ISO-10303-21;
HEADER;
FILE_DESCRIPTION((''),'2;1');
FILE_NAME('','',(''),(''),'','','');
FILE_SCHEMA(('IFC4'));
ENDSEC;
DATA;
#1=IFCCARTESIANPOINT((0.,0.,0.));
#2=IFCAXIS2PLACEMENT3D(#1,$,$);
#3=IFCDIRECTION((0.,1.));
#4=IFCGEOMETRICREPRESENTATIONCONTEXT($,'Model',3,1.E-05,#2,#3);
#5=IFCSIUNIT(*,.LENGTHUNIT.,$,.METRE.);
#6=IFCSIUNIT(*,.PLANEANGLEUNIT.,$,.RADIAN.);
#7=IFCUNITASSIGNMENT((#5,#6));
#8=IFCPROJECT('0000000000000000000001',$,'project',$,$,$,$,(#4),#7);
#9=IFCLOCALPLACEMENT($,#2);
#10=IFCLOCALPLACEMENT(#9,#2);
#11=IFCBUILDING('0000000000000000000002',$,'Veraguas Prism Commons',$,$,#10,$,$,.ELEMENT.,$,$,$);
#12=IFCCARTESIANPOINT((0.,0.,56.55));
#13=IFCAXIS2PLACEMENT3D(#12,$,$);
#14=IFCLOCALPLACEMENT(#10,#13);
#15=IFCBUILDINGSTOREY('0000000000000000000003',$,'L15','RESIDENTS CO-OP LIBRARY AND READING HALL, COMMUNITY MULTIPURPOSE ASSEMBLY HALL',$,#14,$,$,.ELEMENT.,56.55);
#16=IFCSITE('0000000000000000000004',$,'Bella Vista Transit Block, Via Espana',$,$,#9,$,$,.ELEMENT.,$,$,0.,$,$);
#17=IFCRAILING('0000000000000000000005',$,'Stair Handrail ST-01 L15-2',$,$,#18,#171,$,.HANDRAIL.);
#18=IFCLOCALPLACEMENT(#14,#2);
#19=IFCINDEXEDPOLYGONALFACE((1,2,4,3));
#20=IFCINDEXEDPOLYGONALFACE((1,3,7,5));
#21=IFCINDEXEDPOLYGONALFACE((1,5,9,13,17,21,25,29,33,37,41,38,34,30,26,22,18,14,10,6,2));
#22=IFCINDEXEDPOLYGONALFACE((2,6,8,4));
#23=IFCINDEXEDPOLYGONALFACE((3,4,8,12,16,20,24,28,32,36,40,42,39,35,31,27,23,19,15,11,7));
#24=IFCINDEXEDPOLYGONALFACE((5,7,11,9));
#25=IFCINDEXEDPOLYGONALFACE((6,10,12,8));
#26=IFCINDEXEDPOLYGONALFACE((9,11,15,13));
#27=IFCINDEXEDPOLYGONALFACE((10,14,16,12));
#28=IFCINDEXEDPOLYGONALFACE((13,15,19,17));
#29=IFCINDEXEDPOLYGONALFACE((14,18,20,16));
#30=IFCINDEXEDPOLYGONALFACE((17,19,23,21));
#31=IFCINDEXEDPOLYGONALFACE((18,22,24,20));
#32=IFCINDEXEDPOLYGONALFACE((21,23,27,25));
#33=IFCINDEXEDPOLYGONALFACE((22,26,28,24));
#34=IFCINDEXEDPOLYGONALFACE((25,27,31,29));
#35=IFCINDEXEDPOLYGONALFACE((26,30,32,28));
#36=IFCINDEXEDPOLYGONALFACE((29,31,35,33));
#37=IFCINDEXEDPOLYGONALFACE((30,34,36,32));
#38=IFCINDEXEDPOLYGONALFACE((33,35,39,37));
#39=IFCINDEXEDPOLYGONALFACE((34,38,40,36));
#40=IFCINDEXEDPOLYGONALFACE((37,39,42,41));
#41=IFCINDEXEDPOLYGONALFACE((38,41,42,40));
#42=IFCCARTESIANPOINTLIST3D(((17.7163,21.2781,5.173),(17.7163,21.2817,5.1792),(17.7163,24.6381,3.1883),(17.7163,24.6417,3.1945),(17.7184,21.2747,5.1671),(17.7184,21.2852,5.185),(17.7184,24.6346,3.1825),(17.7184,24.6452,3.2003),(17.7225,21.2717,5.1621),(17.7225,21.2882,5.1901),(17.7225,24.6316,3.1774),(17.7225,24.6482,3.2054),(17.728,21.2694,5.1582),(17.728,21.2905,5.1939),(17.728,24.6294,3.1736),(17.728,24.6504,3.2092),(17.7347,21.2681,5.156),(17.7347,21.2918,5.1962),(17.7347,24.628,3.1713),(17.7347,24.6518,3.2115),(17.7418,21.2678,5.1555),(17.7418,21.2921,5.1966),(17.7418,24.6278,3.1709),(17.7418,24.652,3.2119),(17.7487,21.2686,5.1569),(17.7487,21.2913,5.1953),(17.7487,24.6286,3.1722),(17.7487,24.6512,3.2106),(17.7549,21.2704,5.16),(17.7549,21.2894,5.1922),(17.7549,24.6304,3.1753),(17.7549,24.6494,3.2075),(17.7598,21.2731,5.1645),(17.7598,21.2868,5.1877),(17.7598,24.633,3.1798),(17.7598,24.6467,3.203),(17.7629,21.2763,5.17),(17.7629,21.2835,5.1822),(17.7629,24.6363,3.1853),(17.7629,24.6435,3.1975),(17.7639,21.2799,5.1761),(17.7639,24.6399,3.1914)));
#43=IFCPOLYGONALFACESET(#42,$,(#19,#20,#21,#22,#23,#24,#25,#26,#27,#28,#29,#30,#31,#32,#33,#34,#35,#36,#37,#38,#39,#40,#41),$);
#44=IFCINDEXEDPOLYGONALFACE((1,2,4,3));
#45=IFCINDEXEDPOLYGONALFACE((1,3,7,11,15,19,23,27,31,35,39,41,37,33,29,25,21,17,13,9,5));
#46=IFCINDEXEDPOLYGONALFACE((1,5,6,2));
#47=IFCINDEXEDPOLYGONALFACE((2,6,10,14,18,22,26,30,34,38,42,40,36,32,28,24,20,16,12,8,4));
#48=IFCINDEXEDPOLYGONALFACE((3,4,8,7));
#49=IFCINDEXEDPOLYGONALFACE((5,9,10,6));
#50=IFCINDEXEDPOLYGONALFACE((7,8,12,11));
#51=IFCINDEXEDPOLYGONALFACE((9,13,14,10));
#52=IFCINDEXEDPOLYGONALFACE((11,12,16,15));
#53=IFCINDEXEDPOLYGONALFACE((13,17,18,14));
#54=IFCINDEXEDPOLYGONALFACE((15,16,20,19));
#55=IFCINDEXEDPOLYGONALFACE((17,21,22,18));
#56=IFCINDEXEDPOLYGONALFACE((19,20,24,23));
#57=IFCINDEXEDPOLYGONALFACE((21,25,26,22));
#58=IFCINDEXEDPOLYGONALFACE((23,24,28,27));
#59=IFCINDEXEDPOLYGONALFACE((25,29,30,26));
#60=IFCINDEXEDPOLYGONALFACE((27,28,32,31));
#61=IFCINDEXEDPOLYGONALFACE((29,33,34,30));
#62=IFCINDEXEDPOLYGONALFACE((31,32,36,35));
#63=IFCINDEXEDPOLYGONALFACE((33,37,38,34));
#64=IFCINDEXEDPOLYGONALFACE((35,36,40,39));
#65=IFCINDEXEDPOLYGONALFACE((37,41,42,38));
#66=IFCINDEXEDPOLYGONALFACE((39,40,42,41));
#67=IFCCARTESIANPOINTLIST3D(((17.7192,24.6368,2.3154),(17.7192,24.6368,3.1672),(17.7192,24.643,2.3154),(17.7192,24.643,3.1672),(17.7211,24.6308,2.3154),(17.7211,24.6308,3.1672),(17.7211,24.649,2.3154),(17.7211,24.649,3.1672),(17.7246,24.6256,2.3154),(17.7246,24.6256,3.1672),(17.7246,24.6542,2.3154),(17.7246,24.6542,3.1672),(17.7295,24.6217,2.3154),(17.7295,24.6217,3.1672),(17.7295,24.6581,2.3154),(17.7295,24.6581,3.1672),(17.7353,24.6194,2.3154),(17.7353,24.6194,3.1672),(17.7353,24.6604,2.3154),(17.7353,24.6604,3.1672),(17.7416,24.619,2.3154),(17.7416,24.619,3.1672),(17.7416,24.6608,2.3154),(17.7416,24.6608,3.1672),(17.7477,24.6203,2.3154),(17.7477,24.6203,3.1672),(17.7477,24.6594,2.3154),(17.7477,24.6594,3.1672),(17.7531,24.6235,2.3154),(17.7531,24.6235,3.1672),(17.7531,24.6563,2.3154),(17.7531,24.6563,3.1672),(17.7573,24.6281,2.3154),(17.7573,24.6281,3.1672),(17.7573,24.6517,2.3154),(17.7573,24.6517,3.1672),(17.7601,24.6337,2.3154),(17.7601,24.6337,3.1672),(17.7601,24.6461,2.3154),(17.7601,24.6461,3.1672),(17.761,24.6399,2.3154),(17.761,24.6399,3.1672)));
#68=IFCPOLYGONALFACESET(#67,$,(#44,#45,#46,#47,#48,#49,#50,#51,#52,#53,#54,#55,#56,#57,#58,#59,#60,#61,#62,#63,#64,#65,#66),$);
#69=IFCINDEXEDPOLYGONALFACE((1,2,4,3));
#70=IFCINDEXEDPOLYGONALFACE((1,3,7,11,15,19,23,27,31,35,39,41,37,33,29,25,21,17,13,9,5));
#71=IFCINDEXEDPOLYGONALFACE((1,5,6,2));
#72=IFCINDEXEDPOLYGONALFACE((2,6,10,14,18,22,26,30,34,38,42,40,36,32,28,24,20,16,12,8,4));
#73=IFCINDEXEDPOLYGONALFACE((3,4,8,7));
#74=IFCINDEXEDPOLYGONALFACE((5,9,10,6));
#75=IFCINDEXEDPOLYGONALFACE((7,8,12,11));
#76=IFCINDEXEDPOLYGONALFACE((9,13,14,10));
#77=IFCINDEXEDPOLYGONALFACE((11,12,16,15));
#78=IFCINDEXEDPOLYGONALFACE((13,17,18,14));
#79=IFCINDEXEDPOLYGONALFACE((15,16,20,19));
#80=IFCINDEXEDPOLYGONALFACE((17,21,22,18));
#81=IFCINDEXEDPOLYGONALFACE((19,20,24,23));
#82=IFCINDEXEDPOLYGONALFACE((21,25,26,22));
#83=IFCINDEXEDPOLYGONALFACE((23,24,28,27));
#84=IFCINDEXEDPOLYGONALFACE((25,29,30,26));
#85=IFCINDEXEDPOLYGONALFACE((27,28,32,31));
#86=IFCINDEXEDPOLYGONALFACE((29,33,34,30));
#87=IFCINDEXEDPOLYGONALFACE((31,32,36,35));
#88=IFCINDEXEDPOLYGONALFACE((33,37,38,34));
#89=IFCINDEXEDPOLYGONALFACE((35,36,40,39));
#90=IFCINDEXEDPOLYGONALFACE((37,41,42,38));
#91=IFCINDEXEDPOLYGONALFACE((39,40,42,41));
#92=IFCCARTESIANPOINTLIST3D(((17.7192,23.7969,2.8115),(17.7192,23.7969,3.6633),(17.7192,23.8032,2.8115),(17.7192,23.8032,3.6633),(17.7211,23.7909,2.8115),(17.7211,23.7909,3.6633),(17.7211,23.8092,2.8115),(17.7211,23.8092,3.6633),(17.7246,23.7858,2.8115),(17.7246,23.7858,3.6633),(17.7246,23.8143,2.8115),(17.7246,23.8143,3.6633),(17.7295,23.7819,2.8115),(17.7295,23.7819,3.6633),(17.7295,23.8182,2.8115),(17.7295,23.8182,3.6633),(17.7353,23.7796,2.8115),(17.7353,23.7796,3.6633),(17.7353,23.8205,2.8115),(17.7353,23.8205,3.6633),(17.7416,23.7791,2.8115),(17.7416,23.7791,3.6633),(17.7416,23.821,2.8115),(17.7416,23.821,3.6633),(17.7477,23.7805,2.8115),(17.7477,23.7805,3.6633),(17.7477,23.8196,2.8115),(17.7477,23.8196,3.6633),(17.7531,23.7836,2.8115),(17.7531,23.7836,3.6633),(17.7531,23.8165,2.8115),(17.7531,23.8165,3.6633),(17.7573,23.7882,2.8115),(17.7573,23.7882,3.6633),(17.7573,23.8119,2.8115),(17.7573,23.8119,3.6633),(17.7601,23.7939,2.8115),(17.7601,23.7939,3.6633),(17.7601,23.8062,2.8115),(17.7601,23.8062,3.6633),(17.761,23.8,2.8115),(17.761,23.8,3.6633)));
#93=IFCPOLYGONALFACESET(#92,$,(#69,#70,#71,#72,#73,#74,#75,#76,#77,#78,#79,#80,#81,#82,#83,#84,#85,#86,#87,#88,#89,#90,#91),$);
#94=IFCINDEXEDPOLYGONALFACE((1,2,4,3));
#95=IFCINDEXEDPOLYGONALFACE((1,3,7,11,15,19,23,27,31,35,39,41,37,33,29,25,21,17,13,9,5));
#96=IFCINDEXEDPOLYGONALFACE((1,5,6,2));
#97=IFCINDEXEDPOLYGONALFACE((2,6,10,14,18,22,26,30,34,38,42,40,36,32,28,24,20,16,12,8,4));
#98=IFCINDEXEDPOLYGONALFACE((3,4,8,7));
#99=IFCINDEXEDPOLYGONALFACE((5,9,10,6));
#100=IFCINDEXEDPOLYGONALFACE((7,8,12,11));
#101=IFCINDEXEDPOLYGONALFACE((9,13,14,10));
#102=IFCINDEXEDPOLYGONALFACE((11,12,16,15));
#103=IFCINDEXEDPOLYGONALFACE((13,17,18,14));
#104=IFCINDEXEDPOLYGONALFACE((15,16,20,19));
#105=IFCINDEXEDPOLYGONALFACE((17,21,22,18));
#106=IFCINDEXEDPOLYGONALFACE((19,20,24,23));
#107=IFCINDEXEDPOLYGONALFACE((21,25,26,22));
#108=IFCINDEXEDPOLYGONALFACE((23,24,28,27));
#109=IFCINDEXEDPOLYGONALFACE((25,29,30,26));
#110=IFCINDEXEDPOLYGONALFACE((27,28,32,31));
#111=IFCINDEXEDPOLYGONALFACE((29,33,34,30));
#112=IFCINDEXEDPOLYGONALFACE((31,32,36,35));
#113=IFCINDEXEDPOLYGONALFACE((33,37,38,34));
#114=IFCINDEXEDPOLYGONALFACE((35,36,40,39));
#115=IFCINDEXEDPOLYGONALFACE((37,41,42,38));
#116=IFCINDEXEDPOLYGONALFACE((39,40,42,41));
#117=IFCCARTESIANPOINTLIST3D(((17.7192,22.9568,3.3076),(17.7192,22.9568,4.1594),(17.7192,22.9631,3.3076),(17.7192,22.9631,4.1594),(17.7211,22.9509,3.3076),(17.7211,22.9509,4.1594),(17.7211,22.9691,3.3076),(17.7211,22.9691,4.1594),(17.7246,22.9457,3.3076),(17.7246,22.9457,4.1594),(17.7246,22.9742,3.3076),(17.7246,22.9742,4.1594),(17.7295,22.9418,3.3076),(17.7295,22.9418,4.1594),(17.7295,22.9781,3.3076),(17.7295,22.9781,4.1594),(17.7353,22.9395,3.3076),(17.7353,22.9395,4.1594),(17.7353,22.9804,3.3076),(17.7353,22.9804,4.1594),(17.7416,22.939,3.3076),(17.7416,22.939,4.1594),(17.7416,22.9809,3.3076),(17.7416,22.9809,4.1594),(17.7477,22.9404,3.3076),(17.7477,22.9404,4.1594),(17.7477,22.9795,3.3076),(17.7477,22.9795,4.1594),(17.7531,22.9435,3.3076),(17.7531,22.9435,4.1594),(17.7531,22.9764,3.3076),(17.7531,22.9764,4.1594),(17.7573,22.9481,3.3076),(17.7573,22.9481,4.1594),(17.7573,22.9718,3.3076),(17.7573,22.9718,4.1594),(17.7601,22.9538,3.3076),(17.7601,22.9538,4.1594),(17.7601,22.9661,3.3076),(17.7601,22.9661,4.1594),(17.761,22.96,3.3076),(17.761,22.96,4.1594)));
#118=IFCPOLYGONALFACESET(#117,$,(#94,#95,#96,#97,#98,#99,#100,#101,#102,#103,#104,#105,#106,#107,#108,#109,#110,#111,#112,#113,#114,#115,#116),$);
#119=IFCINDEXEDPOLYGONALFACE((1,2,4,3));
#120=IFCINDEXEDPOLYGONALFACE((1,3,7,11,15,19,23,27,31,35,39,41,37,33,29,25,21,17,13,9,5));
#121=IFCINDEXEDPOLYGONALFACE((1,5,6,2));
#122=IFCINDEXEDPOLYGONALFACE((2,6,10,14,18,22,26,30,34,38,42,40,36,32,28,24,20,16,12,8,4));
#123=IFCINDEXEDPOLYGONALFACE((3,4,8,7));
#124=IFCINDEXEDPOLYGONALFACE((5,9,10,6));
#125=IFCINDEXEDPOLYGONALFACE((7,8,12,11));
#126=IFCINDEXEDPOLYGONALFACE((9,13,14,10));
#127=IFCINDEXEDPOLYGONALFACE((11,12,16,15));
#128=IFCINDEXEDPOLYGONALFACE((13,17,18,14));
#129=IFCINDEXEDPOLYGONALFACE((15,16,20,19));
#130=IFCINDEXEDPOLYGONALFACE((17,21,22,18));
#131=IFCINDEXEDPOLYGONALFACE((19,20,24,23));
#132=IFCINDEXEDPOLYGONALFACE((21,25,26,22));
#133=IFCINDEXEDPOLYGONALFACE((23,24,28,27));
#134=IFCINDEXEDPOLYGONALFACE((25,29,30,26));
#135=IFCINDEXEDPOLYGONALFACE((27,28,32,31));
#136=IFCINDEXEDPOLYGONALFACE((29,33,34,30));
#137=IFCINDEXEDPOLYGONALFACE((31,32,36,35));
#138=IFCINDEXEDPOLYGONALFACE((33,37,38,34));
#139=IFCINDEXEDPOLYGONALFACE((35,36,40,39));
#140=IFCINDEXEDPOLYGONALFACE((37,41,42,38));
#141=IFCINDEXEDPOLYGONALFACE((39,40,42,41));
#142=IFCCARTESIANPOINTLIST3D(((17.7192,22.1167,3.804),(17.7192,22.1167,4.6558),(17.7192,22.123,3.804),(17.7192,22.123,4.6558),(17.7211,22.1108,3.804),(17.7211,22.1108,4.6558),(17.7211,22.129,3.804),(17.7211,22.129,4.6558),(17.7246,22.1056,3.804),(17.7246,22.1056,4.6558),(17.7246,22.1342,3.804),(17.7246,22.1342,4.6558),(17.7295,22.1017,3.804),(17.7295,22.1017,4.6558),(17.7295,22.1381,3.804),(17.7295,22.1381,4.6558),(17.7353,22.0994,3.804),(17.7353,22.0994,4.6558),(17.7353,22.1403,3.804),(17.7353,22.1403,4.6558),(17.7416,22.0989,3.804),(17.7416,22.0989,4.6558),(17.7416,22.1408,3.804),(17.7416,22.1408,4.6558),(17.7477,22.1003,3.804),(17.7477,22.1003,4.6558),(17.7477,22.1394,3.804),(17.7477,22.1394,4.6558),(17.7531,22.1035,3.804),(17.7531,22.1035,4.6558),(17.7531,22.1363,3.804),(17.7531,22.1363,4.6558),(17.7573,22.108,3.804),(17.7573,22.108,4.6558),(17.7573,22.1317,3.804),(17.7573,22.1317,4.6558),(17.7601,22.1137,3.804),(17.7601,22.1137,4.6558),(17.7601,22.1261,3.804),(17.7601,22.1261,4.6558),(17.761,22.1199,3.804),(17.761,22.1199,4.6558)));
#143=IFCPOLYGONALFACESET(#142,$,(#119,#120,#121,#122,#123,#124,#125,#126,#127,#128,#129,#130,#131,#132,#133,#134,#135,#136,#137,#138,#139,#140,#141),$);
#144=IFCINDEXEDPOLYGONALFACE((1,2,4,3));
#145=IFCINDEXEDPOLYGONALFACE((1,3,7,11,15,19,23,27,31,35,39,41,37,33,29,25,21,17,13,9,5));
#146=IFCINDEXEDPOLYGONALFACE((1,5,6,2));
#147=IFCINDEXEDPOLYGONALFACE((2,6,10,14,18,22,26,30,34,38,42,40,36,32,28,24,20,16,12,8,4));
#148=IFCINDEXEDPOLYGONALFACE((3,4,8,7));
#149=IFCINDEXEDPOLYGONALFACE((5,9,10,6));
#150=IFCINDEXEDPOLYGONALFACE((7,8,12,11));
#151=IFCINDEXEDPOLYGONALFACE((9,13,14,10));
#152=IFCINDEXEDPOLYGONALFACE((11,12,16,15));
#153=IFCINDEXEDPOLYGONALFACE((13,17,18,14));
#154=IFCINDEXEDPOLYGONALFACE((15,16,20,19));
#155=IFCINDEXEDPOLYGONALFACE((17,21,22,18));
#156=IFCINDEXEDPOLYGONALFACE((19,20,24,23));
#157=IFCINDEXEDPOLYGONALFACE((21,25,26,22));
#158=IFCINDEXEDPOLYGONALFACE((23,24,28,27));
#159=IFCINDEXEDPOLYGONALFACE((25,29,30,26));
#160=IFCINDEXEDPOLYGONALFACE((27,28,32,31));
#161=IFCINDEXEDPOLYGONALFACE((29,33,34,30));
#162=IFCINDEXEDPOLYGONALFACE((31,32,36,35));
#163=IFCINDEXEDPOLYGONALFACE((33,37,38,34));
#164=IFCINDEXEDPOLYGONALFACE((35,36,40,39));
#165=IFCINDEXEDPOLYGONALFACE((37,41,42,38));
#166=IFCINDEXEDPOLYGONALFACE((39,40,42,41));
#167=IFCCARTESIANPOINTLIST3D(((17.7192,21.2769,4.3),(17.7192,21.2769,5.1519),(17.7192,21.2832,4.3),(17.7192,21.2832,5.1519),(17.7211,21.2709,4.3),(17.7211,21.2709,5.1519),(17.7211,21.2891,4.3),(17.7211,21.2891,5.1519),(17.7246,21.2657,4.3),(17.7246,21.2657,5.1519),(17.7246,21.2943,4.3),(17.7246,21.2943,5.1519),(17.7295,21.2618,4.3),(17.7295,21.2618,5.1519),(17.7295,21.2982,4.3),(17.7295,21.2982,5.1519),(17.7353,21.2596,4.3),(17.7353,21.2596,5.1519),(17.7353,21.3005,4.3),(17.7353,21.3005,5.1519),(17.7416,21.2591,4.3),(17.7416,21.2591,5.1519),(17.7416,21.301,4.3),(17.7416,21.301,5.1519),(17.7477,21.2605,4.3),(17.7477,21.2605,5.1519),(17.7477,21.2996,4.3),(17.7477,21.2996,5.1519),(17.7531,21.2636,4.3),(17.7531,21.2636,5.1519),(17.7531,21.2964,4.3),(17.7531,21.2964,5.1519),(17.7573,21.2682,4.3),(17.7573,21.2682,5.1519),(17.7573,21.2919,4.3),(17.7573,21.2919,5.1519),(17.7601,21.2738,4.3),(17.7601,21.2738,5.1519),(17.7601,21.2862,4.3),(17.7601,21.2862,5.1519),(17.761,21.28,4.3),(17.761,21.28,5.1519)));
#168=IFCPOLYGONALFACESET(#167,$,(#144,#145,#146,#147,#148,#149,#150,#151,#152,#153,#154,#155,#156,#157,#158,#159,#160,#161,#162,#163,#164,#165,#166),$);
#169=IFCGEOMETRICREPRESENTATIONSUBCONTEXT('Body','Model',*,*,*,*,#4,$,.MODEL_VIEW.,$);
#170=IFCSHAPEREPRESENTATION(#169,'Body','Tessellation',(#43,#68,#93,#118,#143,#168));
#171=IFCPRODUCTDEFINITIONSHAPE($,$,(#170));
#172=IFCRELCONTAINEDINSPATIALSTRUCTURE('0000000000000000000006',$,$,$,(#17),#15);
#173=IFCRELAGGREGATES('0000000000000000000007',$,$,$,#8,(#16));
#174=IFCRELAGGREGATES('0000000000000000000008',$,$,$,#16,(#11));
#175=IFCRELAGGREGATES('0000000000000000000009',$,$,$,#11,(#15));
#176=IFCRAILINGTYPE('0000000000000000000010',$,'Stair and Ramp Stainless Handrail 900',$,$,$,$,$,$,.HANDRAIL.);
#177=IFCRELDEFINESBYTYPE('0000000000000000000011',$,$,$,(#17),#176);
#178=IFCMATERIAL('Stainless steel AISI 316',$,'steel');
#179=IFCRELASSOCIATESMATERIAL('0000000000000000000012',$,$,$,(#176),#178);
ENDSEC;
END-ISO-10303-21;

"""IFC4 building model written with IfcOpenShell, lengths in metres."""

from ifc_helpers import new_model, si_unit, direction, frame, origin, origin_2d, place, context, subcontext, project, spatial, circle, extrude, material, type_object, element, save


model = new_model("IFC4")

# Units and contexts
model_context = context("Model", 3, precision=1e-05, world=origin(), true_north=direction((0.0, 1.0)))
body_context = subcontext(model_context, "Body", "Model", "MODEL_VIEW")
ifc_project = project(units=[si_unit("LENGTHUNIT", "METRE"), si_unit("PLANEANGLEUNIT", "RADIAN")], contexts=[model_context])

# Site, building, storey
site_placement = place(None, origin())
site = spatial("IfcSite", under=ifc_project, at=site_placement, Name="Bella Vista Transit Block, Via Espana", CompositionType="ELEMENT", RefElevation=0.0)
building_placement = place(site_placement, origin())
building = spatial("IfcBuilding", under=site, at=building_placement, Name="Veraguas Prism Commons", CompositionType="ELEMENT")
storey_placement = place(building_placement, frame((0.0, 0.0, 56.55)))
storey = spatial("IfcBuildingStorey", under=building, at=storey_placement, Name="L15", Description="RESIDENTS CO-OP LIBRARY AND READING HALL, COMMUNITY MULTIPURPOSE ASSEMBLY HALL", CompositionType="ELEMENT", Elevation=56.55)

# Railing
ifc_material_1 = material(Name="Stainless steel AISI 316", Category="steel")
railing_type_1 = type_object("IfcRailingType", Name="Stair and Ramp Stainless Handrail 900", PredefinedType="HANDRAIL", material=ifc_material_1)
railing_1_placement = place(storey_placement, frame((17.74, 24.6399, 2.3154)))
element("IfcRailing", 1, at=railing_1_placement, inside=storey, type_object=railing_type_1, Name="Stair Handrail ST-01 L15-2", PredefinedType="HANDRAIL", context=body_context, shape_type="SweptSolid", body=[
    extrude(circle(Radius=0.0239, at=origin_2d()), frame((0.0, 0.0, 0.876), z_axis=(0.0, -0.861011, 0.508586), x_axis=(1.0, 0.0, 0.0)), (0.0, 0.0, 1.0), 3.9023),
    extrude(circle(Radius=0.021, at=origin_2d()), origin(), (0.0, 0.0, 1.0), 0.8518),
    extrude(circle(Radius=0.021, at=origin_2d()), frame((0.0, -0.8398, 0.4961)), (0.0, 0.0, 1.0), 0.8518),
    extrude(circle(Radius=0.021, at=origin_2d()), frame((0.0, -1.6799, 0.9922)), (0.0, 0.0, 1.0), 0.8518),
    extrude(circle(Radius=0.021, at=origin_2d()), frame((0.0, -2.52, 1.4885)), (0.0, 0.0, 1.0), 0.8518),
    extrude(circle(Radius=0.021, at=origin_2d()), frame((0.0, -3.3599, 1.9846)), (0.0, 0.0, 1.0), 0.8518),
])

save(model, "model.ifc")
